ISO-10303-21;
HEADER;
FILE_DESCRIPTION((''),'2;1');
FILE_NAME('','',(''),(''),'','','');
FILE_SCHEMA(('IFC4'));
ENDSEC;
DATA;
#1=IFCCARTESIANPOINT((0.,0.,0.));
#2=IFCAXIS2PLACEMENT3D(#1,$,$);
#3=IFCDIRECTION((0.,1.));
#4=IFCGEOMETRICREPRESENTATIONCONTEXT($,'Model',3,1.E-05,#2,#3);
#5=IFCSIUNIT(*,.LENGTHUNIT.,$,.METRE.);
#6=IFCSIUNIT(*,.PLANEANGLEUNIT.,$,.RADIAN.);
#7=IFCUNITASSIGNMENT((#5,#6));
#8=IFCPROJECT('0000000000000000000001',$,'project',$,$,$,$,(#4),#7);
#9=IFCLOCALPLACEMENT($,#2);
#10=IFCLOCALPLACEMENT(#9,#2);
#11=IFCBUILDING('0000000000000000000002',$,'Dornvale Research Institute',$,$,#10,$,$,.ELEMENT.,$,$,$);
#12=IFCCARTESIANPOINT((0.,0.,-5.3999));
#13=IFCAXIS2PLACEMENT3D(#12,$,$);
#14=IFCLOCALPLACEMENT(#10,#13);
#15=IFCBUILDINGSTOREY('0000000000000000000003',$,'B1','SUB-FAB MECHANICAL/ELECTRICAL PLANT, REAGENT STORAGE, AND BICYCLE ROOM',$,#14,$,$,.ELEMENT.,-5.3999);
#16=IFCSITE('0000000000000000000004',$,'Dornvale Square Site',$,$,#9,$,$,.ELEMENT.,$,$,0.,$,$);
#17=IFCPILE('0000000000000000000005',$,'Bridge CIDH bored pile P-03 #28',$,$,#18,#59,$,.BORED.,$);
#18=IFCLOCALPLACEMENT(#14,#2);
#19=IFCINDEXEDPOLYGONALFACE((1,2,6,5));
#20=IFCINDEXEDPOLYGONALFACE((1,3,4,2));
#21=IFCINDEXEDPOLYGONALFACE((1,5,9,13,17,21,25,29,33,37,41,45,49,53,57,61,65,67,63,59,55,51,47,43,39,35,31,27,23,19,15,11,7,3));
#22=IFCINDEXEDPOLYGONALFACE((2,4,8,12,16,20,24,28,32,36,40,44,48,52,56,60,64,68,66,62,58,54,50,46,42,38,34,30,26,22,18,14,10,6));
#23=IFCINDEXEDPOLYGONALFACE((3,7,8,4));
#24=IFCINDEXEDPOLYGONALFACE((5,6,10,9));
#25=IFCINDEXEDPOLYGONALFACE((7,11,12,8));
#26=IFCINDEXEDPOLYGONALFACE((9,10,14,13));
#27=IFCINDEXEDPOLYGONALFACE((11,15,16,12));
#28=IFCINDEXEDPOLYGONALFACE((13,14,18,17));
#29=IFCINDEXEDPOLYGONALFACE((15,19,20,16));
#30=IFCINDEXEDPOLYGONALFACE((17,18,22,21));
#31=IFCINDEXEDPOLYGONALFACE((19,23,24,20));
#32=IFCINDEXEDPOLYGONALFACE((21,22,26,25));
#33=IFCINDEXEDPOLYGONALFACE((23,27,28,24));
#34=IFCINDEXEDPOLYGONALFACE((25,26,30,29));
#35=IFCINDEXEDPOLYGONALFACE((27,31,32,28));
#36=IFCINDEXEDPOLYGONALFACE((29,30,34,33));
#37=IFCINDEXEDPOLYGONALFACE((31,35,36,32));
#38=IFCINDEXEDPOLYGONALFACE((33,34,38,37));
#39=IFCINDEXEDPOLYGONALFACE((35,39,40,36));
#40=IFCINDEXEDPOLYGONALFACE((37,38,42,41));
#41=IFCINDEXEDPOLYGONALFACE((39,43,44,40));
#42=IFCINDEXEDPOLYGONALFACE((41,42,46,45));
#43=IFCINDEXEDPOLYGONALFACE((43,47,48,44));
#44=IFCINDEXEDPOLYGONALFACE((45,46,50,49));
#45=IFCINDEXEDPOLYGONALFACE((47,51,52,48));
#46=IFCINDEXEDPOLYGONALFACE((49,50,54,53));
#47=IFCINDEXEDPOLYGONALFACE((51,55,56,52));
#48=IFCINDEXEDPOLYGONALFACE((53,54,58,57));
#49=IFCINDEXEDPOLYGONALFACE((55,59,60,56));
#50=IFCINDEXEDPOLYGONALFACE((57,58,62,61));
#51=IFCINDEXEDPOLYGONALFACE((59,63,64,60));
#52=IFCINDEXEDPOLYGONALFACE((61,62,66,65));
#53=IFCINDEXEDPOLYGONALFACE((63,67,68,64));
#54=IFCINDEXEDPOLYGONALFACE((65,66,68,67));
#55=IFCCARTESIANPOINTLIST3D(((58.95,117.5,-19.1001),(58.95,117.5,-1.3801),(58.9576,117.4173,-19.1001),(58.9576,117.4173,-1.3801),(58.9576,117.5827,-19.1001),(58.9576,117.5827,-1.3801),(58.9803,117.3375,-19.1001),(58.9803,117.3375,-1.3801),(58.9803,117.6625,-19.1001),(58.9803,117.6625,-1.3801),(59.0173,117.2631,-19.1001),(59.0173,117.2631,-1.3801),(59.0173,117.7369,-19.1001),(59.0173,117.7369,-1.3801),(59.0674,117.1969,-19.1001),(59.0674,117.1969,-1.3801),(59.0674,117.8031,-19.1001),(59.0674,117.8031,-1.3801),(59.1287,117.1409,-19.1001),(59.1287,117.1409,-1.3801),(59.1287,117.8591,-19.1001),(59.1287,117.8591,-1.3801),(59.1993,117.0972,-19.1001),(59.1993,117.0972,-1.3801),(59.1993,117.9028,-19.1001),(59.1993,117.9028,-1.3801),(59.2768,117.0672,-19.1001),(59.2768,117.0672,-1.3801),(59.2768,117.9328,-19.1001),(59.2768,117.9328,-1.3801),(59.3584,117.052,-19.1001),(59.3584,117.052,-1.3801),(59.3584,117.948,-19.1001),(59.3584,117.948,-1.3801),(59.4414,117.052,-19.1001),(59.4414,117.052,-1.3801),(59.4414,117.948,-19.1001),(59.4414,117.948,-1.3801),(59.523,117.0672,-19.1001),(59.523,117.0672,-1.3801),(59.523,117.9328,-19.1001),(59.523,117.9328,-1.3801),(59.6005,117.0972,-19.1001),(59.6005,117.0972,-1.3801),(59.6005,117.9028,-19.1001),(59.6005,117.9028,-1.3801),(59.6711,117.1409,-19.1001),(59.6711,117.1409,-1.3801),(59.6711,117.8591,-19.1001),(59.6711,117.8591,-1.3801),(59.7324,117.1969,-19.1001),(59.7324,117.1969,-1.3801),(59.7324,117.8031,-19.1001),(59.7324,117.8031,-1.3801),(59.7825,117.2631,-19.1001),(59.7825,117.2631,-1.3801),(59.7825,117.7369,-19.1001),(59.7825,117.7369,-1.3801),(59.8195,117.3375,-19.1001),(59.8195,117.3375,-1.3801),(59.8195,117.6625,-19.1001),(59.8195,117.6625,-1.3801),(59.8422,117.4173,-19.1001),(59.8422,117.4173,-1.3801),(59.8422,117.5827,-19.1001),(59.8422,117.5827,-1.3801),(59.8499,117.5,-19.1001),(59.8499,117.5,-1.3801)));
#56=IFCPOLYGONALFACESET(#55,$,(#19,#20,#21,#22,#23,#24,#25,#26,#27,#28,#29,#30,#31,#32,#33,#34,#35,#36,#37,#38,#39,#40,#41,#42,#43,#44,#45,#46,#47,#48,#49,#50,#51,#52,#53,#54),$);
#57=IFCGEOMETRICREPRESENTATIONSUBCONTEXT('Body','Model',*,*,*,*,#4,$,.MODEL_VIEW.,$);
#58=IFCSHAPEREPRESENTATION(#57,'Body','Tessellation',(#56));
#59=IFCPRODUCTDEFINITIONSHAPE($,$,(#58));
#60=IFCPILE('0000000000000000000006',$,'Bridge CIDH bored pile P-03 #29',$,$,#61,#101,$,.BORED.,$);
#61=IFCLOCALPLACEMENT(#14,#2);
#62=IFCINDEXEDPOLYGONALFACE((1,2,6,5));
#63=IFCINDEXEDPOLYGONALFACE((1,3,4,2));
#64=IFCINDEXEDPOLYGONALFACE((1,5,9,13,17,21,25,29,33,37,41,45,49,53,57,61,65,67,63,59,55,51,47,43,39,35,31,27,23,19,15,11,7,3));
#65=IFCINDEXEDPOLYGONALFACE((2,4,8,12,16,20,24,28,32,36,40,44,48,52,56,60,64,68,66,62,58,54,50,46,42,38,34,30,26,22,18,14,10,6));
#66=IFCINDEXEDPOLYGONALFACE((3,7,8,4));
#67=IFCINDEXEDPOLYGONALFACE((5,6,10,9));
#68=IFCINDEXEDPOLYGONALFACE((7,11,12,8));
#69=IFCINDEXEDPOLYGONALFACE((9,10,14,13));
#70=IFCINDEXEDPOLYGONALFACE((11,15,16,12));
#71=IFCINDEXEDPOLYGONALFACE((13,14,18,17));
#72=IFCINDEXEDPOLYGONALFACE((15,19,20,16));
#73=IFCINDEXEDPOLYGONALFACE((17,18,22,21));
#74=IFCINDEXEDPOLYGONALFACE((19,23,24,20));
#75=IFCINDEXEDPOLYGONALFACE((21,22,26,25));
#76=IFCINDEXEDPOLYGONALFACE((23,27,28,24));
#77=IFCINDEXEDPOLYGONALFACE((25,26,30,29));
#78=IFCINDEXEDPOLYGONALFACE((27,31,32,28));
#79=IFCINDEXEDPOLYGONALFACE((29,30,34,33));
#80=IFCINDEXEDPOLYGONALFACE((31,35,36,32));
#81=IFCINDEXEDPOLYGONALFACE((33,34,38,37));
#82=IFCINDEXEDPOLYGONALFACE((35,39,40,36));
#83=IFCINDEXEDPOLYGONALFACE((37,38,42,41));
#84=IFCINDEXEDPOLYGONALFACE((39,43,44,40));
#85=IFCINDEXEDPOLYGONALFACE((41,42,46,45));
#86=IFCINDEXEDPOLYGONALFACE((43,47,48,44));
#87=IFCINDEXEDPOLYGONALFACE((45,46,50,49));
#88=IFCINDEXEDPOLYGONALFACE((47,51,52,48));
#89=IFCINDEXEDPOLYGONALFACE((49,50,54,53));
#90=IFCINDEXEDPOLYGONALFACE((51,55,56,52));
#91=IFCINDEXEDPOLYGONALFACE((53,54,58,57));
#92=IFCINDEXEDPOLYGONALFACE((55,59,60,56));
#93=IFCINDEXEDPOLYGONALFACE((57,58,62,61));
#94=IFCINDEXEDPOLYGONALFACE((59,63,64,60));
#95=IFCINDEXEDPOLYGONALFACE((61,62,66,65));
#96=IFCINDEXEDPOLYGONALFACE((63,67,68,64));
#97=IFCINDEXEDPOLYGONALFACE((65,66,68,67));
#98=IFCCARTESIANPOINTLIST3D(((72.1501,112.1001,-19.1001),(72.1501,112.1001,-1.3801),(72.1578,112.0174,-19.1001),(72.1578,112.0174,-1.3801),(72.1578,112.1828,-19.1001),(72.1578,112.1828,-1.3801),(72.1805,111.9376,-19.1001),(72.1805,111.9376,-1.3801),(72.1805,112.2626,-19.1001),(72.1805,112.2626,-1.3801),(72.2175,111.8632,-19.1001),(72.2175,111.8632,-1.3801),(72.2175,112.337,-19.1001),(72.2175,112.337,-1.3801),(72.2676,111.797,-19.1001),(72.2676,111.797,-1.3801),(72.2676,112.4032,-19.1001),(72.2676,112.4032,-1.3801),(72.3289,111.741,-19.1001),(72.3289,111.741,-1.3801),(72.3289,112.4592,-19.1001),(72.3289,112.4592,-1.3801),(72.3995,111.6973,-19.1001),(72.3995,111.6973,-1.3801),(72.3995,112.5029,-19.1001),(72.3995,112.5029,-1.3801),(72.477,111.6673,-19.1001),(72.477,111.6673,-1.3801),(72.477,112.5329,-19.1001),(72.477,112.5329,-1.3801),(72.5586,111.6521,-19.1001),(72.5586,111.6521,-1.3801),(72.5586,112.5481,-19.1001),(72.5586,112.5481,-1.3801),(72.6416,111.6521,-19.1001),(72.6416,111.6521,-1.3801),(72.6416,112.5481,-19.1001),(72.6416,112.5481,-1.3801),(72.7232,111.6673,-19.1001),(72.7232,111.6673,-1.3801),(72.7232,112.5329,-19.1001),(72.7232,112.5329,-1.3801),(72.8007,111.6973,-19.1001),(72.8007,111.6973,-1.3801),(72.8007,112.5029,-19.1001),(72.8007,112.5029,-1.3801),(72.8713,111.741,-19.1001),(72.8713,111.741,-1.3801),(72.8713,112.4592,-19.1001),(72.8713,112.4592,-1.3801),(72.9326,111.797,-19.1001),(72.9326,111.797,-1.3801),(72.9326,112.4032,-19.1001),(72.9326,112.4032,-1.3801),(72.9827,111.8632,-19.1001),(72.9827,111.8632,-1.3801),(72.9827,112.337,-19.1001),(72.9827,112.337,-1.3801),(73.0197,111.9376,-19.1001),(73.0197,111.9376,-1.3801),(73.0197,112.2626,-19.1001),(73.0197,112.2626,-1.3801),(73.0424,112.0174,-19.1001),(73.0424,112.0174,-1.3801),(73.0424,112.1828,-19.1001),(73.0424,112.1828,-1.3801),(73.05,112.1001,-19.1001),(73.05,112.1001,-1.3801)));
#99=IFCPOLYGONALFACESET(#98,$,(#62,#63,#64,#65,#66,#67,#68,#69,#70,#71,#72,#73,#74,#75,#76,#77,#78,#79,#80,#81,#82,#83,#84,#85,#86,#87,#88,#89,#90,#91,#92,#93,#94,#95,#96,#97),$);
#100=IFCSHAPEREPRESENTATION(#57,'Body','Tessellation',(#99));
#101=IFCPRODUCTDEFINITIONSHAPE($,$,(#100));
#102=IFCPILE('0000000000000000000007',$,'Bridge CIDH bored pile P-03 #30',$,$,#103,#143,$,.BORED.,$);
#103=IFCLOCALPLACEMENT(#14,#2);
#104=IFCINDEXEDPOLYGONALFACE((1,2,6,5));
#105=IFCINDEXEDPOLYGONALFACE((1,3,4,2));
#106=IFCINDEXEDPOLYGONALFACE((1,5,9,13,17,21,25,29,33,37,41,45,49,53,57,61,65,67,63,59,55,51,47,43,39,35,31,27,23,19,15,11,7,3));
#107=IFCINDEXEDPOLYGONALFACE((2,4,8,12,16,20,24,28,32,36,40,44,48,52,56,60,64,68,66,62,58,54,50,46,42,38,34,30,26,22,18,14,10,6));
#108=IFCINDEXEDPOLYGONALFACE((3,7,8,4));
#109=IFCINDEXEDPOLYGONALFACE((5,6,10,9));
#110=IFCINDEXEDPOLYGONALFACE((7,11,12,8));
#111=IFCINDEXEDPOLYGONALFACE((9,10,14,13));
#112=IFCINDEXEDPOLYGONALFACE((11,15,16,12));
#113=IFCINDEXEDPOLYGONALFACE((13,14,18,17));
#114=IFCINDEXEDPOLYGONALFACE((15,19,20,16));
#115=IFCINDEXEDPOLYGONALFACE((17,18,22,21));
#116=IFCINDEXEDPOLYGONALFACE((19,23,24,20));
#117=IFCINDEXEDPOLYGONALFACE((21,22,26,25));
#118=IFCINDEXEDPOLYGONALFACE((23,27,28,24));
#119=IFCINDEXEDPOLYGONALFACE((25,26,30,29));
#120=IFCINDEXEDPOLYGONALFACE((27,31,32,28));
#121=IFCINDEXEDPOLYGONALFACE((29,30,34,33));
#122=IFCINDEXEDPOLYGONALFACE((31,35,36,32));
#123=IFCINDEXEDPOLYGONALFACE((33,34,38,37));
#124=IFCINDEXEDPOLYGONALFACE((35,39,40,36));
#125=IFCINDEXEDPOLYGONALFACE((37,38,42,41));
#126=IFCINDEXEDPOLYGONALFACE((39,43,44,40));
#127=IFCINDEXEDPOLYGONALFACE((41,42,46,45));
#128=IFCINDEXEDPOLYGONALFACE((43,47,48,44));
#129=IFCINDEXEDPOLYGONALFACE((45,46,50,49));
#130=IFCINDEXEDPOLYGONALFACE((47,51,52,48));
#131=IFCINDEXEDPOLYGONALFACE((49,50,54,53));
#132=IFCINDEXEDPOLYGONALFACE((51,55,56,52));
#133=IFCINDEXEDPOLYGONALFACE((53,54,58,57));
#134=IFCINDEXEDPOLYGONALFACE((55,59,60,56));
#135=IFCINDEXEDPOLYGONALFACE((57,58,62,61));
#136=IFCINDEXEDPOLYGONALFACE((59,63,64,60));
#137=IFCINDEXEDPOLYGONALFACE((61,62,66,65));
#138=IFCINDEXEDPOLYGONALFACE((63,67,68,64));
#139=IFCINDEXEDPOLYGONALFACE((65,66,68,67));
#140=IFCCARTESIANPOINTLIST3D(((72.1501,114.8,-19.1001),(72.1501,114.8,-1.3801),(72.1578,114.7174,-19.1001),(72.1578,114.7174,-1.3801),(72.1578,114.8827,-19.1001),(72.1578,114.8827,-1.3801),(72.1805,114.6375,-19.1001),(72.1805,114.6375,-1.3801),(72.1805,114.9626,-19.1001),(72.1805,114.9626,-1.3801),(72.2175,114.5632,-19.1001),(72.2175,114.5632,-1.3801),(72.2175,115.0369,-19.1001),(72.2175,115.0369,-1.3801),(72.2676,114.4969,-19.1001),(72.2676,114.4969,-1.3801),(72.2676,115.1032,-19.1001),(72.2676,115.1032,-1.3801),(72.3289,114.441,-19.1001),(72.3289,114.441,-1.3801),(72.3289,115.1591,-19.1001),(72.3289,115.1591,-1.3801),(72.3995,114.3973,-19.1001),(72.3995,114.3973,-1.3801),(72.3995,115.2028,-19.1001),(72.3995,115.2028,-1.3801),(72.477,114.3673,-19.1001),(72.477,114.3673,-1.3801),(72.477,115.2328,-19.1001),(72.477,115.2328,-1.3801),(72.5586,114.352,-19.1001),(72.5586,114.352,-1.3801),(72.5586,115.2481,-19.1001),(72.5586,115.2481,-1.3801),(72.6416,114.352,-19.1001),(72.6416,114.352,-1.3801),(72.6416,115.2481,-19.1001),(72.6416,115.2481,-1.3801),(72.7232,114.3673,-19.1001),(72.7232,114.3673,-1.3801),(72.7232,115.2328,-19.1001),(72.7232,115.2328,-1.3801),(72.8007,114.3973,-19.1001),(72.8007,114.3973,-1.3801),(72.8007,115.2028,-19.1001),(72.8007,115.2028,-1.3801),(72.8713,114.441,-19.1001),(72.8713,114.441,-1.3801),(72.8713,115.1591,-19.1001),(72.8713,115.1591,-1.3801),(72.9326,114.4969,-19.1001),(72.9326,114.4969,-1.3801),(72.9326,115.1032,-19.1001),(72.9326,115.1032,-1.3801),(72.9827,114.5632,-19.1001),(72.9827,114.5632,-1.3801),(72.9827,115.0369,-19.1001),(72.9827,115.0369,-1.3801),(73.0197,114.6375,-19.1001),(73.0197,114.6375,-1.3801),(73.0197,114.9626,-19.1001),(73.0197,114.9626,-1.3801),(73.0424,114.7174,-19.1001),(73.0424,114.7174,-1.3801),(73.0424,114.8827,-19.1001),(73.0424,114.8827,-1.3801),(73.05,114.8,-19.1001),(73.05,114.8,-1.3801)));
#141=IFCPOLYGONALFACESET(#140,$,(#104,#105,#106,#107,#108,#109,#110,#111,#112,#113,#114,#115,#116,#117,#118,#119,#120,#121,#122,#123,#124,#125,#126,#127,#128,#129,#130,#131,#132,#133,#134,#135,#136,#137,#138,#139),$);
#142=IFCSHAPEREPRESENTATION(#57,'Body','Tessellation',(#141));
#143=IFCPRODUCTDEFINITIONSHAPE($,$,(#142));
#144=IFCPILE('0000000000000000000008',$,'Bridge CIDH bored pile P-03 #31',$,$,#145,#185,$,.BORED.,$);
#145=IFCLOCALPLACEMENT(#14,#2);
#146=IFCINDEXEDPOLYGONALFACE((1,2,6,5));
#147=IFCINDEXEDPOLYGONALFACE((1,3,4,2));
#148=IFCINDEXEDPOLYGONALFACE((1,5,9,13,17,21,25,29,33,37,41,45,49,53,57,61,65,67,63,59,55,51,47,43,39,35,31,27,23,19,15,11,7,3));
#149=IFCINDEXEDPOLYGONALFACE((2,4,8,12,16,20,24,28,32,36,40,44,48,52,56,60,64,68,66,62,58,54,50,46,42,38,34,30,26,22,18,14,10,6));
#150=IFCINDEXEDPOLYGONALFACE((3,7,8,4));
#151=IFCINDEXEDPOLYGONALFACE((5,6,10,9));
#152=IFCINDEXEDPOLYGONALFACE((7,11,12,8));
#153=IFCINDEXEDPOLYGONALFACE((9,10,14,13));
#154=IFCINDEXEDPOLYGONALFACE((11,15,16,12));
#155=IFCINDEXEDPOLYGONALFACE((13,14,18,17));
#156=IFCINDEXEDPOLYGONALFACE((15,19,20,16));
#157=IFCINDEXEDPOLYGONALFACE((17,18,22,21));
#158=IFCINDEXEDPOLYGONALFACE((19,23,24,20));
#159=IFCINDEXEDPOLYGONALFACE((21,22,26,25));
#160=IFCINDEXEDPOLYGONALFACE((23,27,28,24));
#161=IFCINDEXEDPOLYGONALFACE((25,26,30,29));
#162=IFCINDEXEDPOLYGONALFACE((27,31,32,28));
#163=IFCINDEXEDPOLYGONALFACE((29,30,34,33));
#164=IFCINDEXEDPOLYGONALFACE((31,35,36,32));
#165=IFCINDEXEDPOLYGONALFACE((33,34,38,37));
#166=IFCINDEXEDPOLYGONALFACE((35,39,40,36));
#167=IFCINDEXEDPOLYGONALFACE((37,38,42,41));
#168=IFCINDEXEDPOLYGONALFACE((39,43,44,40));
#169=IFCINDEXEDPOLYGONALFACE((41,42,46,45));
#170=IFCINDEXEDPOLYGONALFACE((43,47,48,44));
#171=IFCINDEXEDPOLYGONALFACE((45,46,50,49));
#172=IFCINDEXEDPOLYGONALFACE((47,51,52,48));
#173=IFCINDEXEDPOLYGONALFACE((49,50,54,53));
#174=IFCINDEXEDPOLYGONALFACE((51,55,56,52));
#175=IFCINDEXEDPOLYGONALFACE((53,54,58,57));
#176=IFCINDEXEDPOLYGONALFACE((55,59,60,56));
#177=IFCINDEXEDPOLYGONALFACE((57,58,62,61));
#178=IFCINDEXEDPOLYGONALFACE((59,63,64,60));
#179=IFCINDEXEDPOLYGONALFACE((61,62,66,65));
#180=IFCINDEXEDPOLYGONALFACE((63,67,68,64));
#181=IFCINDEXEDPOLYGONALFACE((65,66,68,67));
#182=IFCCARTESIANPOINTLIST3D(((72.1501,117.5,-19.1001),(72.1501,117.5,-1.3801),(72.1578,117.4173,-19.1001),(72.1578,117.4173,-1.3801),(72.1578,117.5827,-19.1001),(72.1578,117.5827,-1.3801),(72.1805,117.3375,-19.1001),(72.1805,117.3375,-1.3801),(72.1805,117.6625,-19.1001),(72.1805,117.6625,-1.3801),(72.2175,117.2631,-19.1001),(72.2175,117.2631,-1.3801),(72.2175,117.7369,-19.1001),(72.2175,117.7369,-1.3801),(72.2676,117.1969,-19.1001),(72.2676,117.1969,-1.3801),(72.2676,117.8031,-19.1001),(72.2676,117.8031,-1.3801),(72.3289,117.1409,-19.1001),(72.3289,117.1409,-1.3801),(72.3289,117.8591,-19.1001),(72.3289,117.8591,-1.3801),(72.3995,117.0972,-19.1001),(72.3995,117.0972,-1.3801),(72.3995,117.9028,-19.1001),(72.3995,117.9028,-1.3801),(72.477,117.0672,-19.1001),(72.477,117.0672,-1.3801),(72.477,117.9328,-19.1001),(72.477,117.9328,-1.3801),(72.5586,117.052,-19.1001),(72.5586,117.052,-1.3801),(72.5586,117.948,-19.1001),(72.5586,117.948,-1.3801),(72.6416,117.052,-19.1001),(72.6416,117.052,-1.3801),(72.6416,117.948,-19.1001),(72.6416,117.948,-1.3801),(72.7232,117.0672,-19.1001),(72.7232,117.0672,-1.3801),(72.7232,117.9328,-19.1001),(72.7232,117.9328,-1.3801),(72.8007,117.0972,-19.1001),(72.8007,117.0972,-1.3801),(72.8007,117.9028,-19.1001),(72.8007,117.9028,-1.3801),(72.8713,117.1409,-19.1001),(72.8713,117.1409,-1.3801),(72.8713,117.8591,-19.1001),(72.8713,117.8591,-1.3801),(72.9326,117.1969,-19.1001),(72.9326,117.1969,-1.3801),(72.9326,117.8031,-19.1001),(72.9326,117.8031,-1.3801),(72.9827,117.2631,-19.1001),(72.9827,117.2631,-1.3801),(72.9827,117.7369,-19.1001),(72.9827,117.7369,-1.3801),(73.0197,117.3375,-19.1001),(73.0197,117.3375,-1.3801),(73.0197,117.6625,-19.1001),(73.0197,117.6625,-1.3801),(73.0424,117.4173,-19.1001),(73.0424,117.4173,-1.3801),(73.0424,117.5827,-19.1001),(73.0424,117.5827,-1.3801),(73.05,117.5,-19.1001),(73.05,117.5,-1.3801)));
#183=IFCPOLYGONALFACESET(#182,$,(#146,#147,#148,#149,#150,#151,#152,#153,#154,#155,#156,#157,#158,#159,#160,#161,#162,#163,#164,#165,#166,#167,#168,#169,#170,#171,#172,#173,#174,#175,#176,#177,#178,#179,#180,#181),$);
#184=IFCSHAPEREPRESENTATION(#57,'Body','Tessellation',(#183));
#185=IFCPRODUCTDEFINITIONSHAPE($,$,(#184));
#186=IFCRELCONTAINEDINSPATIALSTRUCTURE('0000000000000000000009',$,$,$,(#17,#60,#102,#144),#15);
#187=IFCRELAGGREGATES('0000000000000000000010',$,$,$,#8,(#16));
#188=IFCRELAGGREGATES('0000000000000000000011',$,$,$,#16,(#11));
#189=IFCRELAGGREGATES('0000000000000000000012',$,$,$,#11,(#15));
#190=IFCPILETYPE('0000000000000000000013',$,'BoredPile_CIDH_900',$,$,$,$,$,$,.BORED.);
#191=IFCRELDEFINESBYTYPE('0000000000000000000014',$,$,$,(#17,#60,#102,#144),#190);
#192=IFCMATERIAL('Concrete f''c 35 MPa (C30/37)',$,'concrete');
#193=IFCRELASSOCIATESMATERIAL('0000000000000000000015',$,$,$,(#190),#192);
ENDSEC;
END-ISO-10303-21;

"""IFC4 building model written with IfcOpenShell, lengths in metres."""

from ifc_helpers import new_model, si_unit, direction, frame, origin, origin_2d, place, context, subcontext, project, spatial, circle, extrude, material, material_profile, profile_set, type_object, element, save


model = new_model("IFC4")

# Units and contexts
model_context = context("Model", 3, precision=1e-05, world=origin(), true_north=direction((0.0, 1.0)))
body_context = subcontext(model_context, "Body", "Model", "MODEL_VIEW")
ifc_project = project(units=[si_unit("LENGTHUNIT", "METRE"), si_unit("PLANEANGLEUNIT", "RADIAN")], contexts=[model_context])

# Site, building, storey
site_placement = place(None, origin())
site = spatial("IfcSite", under=ifc_project, at=site_placement, Name="Dornvale Square Site", CompositionType="ELEMENT", RefElevation=0.0)
building_placement = place(site_placement, origin())
building = spatial("IfcBuilding", under=site, at=building_placement, Name="Dornvale Research Institute", CompositionType="ELEMENT")
storey_placement = place(building_placement, frame((0.0, 0.0, -5.3999)))
storey = spatial("IfcBuildingStorey", under=building, at=storey_placement, Name="B1", Description="SUB-FAB MECHANICAL/ELECTRICAL PLANT, REAGENT STORAGE, AND BICYCLE ROOM", CompositionType="ELEMENT", Elevation=-5.3999)

# Piles
ifc_material_1 = material(Name="Concrete f'c 35 MPa (C30/37)", Category="concrete")
ifc_material_profile_1 = material_profile(ifc_material_1, circle(Radius=0.45, at=origin_2d()), Name="CIDH PILE D900")
ifc_profile_set_1 = profile_set([ifc_material_profile_1], Name="Concrete f'c 35 MPa (C30/37)")
pile_type = type_object("IfcPileType", Name="BoredPile_CIDH_900", PredefinedType="BORED", material=ifc_profile_set_1)
for number, where, z_axis, x_axis, name in (
    (1, (59.3999, 117.5, -1.3801), (0.0, 0.0, -1.0), (1.0, 0.0, 0.0), "Bridge CIDH bored pile P-03 #28"),
    (2, (72.6001, 112.1001, -1.3801), (0.0, 0.0, -1.0), (1.0, 0.0, 0.0), "Bridge CIDH bored pile P-03 #29"),
    (3, (72.6001, 114.8, -1.3801), (0.0, 0.0, -1.0), (1.0, 0.0, 0.0), "Bridge CIDH bored pile P-03 #30"),
    (4, (72.6001, 117.5, -1.3801), (0.0, 0.0, -1.0), (1.0, 0.0, 0.0), "Bridge CIDH bored pile P-03 #31"),
):
    element("IfcPile", number, at=place(storey_placement, frame(where, z_axis=z_axis, x_axis=x_axis)), inside=storey, type_object=pile_type, Name=name, PredefinedType="BORED", context=body_context, shape_type="SweptSolid", body=[
        extrude(circle(Radius=0.45, at=origin_2d()), origin(), (0.0, 0.0, 1.0), 17.72),
    ])

save(model, "model.ifc")
